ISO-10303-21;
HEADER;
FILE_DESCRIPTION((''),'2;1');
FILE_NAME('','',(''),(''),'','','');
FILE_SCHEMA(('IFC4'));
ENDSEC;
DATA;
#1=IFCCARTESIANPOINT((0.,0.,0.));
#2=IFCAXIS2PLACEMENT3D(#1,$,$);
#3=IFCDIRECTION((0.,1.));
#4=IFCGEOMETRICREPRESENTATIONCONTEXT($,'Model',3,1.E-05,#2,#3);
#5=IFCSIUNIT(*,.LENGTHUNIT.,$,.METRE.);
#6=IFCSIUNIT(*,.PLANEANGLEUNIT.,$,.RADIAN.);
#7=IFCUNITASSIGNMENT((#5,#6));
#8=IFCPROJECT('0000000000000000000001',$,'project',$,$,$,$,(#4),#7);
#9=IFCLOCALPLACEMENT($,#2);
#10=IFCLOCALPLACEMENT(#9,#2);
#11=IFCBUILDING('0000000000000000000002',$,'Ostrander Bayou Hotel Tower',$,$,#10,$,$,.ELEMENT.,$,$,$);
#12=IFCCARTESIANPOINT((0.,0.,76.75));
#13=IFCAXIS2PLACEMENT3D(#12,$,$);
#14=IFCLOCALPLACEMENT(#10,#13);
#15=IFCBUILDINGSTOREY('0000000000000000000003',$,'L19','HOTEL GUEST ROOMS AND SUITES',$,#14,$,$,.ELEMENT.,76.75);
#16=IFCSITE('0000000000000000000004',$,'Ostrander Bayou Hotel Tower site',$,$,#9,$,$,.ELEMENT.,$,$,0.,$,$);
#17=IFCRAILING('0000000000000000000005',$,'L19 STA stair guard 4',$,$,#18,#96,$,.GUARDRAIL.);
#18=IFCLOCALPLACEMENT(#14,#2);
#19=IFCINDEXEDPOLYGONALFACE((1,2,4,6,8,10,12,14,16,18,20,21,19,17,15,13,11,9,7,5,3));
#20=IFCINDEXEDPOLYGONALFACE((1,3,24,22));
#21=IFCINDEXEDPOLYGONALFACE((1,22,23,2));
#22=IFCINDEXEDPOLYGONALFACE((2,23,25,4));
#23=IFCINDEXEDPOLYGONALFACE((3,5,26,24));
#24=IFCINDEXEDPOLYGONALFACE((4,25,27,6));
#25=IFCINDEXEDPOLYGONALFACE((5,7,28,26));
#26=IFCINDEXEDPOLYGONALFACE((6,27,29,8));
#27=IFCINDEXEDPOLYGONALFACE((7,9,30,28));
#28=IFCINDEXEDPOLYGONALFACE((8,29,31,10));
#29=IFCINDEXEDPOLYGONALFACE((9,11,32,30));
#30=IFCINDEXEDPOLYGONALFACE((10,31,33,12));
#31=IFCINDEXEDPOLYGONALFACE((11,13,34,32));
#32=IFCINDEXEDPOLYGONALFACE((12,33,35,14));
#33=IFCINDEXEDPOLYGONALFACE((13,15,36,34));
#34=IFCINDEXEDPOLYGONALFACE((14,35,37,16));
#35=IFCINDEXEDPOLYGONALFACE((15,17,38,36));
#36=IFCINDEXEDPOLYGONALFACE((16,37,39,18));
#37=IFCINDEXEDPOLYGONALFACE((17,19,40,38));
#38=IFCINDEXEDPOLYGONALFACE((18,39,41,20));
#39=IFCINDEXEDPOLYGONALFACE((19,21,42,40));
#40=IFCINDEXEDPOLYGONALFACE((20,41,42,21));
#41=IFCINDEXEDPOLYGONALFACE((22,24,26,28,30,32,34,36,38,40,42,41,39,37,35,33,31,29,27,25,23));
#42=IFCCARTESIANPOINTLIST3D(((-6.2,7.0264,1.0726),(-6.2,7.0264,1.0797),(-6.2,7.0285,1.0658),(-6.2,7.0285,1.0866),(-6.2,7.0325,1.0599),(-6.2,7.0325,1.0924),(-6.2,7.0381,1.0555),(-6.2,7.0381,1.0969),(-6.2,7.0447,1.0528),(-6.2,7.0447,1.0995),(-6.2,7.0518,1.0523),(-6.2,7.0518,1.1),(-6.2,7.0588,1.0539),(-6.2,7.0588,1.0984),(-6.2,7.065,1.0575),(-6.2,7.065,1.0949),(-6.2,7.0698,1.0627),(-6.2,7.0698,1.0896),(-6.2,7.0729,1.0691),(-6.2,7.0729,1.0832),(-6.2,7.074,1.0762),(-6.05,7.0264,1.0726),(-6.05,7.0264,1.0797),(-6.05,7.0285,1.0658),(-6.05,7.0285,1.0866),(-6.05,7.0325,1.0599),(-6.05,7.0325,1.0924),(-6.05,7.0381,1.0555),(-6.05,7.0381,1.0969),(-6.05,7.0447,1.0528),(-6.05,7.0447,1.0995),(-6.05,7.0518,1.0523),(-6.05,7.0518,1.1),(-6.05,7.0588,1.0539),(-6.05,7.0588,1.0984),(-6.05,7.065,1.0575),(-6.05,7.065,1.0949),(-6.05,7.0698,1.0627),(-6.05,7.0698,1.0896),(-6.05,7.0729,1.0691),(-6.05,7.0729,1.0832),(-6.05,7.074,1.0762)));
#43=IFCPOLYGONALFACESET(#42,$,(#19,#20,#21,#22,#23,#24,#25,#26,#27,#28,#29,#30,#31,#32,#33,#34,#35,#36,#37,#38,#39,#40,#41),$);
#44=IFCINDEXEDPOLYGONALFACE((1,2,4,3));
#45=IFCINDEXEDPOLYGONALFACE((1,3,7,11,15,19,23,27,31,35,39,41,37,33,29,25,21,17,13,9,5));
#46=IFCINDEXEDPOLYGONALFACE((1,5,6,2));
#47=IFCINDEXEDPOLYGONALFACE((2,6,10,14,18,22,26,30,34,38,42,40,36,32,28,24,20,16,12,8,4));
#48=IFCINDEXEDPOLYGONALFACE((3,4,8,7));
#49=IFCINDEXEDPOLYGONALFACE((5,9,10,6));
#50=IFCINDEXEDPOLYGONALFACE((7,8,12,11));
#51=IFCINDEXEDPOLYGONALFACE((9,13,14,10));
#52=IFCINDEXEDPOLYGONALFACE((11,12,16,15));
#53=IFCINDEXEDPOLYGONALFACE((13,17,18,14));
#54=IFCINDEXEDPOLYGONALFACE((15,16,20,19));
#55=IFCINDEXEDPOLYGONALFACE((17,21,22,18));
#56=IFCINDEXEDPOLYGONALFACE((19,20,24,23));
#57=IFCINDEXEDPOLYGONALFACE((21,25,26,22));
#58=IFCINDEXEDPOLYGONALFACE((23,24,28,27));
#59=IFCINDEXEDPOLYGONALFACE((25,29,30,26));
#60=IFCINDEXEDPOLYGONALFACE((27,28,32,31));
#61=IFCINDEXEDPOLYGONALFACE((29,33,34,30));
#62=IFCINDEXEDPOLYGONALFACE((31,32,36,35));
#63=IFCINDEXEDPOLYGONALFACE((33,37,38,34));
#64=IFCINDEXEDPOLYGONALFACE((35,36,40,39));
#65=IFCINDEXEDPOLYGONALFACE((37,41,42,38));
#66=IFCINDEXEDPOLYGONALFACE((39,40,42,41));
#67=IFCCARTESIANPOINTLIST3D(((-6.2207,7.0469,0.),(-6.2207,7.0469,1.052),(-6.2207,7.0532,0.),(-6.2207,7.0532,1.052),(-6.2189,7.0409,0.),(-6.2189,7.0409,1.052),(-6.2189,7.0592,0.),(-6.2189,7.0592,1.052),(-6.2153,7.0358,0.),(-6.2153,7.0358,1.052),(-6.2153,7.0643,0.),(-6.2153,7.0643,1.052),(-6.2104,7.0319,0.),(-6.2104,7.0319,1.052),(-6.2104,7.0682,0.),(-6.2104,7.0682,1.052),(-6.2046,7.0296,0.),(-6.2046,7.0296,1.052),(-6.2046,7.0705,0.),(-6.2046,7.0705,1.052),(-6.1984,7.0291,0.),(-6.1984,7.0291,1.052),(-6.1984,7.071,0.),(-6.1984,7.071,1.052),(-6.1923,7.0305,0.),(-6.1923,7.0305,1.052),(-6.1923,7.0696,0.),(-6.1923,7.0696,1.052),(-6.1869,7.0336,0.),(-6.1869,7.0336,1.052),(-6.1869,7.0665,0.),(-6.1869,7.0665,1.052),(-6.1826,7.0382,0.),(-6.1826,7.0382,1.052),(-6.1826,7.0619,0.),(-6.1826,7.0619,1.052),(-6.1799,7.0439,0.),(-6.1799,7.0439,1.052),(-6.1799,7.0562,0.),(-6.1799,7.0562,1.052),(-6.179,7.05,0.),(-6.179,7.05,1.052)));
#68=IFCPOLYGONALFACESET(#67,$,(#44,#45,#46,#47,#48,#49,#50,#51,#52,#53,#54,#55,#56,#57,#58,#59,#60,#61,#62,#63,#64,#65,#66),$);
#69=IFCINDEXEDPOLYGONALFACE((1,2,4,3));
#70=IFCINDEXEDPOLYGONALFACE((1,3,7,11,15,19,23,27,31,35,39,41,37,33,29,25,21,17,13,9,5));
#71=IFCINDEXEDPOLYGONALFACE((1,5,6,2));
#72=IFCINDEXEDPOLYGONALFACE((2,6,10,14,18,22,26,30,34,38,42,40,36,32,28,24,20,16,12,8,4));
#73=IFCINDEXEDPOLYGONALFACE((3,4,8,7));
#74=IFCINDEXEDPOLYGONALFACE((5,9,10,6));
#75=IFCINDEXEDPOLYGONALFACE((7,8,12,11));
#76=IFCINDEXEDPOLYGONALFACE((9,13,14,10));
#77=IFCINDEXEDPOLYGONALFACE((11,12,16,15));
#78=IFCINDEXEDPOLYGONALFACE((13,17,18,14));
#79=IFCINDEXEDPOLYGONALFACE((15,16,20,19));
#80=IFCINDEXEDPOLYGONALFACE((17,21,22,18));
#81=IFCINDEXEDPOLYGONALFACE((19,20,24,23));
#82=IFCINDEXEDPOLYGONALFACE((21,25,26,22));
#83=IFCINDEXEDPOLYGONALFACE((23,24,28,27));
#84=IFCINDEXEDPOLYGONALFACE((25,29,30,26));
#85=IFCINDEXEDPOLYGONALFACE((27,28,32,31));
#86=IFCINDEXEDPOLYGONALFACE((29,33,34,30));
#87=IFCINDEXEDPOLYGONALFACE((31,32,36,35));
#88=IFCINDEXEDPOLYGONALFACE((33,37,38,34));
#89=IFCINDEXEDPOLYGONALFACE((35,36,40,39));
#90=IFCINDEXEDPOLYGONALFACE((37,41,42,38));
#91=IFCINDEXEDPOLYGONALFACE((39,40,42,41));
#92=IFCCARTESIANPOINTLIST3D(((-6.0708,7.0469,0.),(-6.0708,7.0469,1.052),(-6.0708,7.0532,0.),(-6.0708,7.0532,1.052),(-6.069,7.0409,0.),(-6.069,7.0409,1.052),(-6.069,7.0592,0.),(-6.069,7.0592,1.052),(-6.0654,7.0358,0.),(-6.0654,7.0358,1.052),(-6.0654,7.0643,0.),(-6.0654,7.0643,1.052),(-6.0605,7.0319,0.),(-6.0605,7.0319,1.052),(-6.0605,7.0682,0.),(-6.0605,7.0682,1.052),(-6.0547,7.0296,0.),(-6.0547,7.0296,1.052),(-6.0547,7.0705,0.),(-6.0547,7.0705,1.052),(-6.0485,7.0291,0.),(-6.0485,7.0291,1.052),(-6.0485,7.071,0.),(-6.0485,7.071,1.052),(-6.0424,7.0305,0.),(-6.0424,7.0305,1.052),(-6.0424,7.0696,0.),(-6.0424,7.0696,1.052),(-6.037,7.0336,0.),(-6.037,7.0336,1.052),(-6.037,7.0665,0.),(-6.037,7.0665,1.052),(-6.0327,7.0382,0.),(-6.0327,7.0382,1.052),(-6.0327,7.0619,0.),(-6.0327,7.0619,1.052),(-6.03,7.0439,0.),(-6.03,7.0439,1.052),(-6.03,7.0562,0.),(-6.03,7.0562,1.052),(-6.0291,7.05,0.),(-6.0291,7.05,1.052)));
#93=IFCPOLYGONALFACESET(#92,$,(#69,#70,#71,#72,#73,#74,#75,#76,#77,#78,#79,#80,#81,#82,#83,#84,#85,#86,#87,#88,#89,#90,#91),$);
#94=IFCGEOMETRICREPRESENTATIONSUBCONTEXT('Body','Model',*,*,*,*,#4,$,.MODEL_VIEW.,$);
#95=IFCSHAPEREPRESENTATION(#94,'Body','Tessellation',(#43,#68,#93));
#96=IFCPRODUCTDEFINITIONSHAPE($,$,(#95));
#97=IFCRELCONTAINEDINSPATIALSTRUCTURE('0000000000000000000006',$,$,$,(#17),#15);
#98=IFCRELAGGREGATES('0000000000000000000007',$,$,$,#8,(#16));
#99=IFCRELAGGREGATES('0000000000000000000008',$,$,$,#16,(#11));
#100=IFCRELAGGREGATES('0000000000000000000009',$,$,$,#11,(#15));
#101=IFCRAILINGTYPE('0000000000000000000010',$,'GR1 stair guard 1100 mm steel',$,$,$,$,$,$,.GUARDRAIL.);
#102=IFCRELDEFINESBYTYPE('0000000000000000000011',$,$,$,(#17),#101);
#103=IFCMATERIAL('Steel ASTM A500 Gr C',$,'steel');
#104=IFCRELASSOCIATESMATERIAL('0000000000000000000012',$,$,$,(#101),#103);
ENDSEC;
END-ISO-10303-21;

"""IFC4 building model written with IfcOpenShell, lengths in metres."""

from ifc_helpers import new_model, si_unit, direction, frame, origin, origin_2d, place, context, subcontext, project, spatial, circle, extrude, material, type_object, element, save


model = new_model("IFC4")

# Units and contexts
model_context = context("Model", 3, precision=1e-05, world=origin(), true_north=direction((0.0, 1.0)))
body_context = subcontext(model_context, "Body", "Model", "MODEL_VIEW")
ifc_project = project(units=[si_unit("LENGTHUNIT", "METRE"), si_unit("PLANEANGLEUNIT", "RADIAN")], contexts=[model_context])

# Site, building, storey
site_placement = place(None, origin())
site = spatial("IfcSite", under=ifc_project, at=site_placement, Name="Ostrander Bayou Hotel Tower site", CompositionType="ELEMENT", RefElevation=0.0)
building_placement = place(site_placement, origin())
building = spatial("IfcBuilding", under=site, at=building_placement, Name="Ostrander Bayou Hotel Tower", CompositionType="ELEMENT")
storey_placement = place(building_placement, frame((0.0, 0.0, 76.75)))
storey = spatial("IfcBuildingStorey", under=building, at=storey_placement, Name="L19", Description="HOTEL GUEST ROOMS AND SUITES", CompositionType="ELEMENT", Elevation=76.75)

# Railing
ifc_material_1 = material(Name="Steel ASTM A500 Gr C", Category="steel")
railing_type_1 = type_object("IfcRailingType", Name="GR1 stair guard 1100 mm steel", PredefinedType="GUARDRAIL", material=ifc_material_1)
railing_1_placement = place(storey_placement, frame((-6.2, 7.05, 0.0)))
element("IfcRailing", 1, at=railing_1_placement, inside=storey, type_object=railing_type_1, Name="L19 STA stair guard 4", PredefinedType="GUARDRAIL", context=body_context, shape_type="SweptSolid", body=[
    extrude(circle(Radius=0.0239, at=origin_2d()), frame((0.0, 0.0, 1.0762), z_axis=(1.0, 0.0, 0.0), x_axis=(0.0, 1.0, 0.0)), (0.0, 0.0, 1.0), 0.1499),
    extrude(circle(Radius=0.021, at=origin_2d()), origin(), (0.0, 0.0, 1.0), 1.052),
    extrude(circle(Radius=0.021, at=origin_2d()), frame((0.1499, 0.0, 0.0)), (0.0, 0.0, 1.0), 1.052),
])

save(model, "model.ifc")
